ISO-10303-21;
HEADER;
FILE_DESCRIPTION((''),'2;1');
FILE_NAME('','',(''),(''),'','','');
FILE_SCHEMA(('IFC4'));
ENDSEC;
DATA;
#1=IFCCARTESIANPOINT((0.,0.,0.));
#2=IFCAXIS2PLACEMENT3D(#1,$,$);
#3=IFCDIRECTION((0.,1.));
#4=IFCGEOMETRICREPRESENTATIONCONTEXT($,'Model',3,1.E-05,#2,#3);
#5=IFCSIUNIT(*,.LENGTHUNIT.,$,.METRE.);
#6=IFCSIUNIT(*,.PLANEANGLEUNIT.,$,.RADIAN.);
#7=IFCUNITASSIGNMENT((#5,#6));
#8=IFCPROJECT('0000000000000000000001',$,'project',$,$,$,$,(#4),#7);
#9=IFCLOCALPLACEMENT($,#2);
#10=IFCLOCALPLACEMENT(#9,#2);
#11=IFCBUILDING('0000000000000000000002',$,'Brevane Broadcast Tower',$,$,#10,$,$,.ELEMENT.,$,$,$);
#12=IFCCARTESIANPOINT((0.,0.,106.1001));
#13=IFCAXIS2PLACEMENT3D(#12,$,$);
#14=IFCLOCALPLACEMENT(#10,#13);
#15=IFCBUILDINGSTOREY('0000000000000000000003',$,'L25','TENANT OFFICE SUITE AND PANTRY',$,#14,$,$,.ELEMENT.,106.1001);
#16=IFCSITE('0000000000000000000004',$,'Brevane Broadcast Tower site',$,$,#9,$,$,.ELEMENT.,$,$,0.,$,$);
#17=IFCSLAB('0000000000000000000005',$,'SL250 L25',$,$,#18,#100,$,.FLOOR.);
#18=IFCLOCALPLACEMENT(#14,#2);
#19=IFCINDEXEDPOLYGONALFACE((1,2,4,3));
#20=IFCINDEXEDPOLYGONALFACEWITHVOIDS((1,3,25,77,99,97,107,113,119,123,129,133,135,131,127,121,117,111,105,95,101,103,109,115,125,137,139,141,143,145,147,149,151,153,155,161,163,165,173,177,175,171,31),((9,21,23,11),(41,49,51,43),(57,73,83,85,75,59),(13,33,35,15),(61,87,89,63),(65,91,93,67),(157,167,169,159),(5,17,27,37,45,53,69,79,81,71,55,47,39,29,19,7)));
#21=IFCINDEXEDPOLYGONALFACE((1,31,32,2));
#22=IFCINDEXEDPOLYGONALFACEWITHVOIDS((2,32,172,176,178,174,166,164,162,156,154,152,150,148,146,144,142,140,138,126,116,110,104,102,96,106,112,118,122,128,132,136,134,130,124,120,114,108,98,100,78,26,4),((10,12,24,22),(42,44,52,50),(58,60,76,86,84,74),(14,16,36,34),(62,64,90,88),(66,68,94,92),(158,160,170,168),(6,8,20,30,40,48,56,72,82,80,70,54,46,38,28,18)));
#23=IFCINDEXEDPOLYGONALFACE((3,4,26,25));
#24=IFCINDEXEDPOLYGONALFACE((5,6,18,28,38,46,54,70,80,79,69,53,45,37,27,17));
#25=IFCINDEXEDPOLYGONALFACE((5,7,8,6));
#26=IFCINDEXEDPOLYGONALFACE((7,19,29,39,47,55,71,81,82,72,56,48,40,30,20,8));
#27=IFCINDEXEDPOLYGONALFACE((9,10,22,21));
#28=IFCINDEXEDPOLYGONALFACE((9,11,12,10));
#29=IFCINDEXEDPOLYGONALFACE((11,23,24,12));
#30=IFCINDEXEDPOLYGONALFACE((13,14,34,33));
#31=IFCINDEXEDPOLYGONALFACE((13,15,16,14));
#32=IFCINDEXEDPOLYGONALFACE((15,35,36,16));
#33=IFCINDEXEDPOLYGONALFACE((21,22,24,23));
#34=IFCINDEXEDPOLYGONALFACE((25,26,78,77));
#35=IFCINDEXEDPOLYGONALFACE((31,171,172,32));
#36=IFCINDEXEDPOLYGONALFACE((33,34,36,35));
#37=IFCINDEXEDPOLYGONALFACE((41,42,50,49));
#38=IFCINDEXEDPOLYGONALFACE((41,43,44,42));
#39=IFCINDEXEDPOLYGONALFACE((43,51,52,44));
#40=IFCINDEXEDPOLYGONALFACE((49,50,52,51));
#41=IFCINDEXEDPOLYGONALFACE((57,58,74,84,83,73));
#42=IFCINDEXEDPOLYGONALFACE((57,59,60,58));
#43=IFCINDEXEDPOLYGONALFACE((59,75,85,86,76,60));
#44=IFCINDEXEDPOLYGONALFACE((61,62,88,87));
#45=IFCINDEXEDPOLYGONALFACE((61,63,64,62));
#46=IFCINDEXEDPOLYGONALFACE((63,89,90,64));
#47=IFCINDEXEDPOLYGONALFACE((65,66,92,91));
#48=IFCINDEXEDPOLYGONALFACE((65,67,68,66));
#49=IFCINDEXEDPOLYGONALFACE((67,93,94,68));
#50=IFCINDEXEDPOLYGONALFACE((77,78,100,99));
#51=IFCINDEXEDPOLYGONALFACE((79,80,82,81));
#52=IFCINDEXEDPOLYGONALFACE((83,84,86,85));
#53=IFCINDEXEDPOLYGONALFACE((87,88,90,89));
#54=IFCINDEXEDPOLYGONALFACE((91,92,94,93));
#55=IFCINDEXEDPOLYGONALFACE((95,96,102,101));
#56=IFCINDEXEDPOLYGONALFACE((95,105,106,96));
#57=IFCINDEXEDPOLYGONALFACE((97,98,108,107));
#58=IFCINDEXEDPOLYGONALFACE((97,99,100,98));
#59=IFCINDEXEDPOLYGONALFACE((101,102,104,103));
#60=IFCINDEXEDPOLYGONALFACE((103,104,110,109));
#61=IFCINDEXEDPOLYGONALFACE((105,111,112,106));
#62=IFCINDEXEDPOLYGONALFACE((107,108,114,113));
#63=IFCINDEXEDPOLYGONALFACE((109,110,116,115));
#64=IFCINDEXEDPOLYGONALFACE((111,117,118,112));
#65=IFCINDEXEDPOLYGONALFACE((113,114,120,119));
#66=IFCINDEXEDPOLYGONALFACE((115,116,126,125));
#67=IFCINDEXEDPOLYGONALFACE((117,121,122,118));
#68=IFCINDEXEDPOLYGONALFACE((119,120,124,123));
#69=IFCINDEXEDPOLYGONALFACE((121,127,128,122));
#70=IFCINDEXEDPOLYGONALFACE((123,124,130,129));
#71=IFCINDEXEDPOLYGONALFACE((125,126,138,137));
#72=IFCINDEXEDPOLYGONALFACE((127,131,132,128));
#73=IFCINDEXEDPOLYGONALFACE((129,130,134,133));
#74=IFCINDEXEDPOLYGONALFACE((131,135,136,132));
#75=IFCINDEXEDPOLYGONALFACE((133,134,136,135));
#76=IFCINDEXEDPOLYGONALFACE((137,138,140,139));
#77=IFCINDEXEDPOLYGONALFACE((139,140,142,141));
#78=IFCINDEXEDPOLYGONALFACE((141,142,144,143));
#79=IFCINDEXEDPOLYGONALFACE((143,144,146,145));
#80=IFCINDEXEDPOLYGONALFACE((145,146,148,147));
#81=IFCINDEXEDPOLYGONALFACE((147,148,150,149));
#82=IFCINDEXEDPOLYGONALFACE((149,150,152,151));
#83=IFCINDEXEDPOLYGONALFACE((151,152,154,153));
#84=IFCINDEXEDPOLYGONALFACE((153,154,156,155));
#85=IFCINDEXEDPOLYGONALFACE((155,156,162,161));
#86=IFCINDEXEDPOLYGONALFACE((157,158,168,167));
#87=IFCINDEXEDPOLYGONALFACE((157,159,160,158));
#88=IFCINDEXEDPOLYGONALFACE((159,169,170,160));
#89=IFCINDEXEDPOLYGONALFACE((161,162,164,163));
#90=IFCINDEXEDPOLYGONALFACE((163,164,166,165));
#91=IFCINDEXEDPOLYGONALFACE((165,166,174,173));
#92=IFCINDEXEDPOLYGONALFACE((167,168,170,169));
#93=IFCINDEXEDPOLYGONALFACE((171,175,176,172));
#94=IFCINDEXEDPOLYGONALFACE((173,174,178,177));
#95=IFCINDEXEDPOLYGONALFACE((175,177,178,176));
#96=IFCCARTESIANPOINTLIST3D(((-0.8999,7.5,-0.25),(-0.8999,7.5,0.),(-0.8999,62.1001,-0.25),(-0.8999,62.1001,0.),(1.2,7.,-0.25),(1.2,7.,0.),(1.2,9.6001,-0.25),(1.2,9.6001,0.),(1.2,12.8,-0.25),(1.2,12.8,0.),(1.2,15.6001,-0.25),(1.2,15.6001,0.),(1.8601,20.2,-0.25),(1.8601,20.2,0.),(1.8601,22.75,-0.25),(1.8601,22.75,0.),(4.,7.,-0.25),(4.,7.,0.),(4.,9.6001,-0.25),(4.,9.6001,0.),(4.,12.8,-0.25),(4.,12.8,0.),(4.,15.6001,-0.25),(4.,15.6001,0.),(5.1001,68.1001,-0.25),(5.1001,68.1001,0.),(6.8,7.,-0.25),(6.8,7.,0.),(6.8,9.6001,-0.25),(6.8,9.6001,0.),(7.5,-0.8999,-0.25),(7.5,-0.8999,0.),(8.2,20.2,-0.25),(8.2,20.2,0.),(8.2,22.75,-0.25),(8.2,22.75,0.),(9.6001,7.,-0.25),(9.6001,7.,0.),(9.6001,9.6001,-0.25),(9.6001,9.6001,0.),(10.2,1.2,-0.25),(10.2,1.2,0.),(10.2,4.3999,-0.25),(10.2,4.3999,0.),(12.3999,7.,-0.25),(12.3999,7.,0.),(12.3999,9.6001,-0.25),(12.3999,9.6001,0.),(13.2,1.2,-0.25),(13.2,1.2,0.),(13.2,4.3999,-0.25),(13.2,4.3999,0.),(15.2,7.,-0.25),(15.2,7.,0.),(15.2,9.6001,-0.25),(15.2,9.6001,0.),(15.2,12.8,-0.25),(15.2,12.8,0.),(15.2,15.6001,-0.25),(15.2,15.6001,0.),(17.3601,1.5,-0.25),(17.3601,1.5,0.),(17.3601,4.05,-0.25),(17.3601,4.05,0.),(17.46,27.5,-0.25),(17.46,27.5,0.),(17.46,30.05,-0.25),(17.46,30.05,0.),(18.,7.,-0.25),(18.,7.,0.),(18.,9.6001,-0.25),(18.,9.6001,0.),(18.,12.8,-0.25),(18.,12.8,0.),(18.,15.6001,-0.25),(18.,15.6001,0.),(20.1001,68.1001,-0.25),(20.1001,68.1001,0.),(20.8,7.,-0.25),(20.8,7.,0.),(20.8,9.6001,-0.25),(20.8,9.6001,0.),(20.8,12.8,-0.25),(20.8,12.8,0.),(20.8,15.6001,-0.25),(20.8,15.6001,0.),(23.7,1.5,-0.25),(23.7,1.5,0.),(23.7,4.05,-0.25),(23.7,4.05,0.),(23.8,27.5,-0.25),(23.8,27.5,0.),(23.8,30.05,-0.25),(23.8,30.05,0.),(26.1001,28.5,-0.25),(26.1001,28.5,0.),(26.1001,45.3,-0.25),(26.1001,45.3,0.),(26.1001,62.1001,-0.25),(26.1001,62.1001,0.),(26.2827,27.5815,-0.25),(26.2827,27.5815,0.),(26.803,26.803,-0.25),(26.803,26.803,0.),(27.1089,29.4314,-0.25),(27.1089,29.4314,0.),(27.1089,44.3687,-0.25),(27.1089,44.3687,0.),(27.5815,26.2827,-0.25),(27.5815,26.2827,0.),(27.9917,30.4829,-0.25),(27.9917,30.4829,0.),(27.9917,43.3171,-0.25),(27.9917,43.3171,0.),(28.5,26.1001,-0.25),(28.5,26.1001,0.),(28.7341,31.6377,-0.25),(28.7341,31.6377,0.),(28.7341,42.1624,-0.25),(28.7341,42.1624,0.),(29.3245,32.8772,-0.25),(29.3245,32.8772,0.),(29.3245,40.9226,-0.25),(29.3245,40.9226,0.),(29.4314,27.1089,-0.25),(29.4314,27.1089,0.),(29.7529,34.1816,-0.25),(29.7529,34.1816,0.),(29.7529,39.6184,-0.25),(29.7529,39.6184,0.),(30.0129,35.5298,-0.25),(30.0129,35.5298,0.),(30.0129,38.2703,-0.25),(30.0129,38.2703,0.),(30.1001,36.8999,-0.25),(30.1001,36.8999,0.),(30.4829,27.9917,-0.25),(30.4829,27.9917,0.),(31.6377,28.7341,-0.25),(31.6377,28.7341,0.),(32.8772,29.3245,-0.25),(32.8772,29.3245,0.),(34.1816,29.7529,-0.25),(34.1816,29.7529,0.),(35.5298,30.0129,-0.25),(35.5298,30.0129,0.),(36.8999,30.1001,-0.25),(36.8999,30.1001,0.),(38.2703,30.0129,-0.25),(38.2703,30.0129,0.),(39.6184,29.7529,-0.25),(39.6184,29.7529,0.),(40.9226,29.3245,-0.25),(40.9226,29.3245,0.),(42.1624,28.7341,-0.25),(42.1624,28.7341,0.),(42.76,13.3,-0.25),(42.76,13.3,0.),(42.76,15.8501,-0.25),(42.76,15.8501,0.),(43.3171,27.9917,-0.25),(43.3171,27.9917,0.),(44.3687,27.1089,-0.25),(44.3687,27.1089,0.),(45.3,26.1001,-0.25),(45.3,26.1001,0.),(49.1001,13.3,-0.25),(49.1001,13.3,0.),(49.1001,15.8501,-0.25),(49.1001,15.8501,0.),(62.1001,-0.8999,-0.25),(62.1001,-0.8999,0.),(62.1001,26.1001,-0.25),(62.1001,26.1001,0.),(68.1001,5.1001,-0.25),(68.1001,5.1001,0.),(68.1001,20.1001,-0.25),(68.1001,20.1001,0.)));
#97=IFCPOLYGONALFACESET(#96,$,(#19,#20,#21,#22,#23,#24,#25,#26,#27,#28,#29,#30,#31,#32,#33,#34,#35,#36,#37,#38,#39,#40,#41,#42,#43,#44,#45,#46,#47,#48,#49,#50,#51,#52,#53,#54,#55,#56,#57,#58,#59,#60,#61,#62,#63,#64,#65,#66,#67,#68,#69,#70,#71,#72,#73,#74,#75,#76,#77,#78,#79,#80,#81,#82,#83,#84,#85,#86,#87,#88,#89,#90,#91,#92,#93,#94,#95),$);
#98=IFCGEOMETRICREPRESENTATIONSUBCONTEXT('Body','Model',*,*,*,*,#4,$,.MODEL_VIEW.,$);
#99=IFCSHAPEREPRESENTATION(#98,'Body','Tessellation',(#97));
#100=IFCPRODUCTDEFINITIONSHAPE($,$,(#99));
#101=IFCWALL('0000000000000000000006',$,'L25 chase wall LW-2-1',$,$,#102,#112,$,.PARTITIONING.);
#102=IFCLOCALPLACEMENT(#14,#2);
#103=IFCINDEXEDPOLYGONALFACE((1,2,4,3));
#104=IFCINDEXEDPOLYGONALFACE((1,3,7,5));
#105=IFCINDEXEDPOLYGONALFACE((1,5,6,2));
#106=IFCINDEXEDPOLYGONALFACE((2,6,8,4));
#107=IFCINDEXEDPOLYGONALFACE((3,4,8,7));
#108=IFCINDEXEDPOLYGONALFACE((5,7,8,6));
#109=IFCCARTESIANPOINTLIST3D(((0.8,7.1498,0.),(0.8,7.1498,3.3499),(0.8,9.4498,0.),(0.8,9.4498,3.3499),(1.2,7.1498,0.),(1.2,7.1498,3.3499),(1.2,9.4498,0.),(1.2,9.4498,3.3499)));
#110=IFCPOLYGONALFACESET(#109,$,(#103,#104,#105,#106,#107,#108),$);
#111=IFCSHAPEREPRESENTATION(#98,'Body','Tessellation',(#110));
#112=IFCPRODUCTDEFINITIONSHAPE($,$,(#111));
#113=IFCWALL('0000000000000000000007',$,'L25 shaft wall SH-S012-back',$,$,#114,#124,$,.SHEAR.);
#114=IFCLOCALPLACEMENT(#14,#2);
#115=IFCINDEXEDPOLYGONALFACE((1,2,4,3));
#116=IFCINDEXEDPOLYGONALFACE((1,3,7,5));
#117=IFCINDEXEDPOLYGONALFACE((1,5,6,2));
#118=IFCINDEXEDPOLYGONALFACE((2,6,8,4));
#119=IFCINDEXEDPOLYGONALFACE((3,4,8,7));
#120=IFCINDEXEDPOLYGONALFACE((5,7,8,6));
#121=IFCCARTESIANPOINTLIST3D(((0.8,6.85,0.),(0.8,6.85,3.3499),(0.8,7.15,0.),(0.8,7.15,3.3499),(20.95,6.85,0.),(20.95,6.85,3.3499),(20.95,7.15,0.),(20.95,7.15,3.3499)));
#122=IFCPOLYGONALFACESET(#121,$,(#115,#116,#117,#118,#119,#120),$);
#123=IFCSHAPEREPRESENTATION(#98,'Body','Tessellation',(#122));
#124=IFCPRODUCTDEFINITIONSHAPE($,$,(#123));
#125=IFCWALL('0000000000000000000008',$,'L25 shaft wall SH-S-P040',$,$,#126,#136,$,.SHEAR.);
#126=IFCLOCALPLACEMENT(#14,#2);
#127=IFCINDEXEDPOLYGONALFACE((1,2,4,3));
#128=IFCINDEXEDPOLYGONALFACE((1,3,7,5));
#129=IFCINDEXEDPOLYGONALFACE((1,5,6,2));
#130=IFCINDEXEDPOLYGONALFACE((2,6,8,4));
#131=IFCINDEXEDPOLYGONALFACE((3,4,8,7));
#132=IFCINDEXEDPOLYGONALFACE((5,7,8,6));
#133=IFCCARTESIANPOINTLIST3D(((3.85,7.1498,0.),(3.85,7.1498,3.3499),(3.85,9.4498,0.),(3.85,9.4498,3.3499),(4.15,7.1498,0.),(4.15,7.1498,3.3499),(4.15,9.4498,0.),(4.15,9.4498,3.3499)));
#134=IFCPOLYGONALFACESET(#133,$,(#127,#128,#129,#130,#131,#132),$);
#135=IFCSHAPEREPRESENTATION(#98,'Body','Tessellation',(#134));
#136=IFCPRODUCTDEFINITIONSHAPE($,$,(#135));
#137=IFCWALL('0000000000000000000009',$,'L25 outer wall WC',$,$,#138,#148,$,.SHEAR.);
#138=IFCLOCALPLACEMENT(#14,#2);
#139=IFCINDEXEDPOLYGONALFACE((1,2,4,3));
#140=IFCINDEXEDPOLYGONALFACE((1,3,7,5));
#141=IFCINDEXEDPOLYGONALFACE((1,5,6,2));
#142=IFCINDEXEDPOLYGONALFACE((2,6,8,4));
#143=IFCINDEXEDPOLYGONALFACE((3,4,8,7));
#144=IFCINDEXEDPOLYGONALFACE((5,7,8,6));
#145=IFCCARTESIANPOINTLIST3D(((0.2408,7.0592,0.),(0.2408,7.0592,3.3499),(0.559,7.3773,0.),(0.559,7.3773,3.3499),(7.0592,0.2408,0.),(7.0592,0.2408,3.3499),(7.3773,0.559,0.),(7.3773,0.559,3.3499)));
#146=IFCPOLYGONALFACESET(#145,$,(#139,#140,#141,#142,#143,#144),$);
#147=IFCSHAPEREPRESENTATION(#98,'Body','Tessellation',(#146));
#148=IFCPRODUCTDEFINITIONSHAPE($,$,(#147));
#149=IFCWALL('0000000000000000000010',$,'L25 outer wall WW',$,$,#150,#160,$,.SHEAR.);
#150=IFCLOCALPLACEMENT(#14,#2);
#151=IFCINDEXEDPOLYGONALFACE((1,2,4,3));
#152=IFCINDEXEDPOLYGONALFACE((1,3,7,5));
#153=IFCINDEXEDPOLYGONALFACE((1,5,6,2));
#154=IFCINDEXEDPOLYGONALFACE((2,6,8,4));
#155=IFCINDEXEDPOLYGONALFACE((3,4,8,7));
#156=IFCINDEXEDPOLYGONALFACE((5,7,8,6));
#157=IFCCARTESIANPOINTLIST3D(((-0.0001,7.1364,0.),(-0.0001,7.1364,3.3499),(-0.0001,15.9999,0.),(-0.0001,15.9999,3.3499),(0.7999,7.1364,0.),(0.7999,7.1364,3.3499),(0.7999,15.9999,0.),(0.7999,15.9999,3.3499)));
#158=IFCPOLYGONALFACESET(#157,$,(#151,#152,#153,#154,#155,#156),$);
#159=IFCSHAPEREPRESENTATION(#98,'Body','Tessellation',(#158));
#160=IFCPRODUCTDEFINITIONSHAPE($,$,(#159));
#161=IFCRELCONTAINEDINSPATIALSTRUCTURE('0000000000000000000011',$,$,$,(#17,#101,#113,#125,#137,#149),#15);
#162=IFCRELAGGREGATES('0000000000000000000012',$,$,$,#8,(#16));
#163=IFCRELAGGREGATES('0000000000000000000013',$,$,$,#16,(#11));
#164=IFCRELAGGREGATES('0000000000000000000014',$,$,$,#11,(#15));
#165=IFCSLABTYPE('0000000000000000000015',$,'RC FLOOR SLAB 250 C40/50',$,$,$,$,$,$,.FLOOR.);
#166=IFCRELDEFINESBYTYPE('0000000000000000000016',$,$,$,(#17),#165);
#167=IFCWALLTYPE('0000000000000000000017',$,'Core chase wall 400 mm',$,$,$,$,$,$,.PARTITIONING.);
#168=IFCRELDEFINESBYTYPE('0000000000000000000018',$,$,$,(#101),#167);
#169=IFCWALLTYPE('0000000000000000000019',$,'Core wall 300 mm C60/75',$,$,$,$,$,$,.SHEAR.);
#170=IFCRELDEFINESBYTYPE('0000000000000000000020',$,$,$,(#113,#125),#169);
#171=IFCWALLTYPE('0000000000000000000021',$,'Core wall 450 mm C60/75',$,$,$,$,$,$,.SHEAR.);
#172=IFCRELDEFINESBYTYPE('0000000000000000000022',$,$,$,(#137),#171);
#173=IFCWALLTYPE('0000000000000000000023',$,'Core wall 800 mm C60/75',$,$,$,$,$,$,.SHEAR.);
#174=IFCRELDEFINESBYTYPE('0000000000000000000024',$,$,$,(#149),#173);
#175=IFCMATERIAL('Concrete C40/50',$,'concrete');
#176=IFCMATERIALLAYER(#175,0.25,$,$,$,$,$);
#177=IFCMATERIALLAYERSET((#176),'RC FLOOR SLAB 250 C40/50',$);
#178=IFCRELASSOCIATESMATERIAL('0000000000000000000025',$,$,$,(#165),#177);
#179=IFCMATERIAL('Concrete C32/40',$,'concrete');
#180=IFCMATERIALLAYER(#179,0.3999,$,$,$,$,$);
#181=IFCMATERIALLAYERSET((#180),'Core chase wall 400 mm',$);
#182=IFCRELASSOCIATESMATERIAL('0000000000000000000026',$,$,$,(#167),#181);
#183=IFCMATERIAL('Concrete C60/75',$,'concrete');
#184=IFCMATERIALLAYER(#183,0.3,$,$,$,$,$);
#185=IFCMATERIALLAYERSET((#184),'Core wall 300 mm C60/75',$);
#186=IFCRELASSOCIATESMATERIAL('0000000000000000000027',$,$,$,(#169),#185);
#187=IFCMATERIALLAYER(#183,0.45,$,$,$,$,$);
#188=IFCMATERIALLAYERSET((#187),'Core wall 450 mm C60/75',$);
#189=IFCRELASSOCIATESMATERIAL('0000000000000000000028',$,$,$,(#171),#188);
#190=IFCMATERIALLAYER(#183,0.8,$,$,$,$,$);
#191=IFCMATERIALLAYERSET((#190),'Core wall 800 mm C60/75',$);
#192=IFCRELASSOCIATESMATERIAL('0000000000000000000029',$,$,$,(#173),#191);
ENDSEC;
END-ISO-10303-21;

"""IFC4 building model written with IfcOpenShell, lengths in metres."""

from ifc_helpers import new_model, si_unit, direction, frame, frame_2d, origin, place, context, subcontext, project, spatial, polyline, rectangle, outline, extrude, material, layer, layer_set, type_object, element, save


model = new_model("IFC4")

# Units and contexts
model_context = context("Model", 3, precision=1e-05, world=origin(), true_north=direction((0.0, 1.0)))
body_context = subcontext(model_context, "Body", "Model", "MODEL_VIEW")
ifc_project = project(units=[si_unit("LENGTHUNIT", "METRE"), si_unit("PLANEANGLEUNIT", "RADIAN")], contexts=[model_context])

# Site, building, storey
site_placement = place(None, origin())
site = spatial("IfcSite", under=ifc_project, at=site_placement, Name="Brevane Broadcast Tower site", CompositionType="ELEMENT", RefElevation=0.0)
building_placement = place(site_placement, origin())
building = spatial("IfcBuilding", under=site, at=building_placement, Name="Brevane Broadcast Tower", CompositionType="ELEMENT")
storey_placement = place(building_placement, frame((0.0, 0.0, 106.1001)))
storey = spatial("IfcBuildingStorey", under=building, at=storey_placement, Name="L25", Description="TENANT OFFICE SUITE AND PANTRY", CompositionType="ELEMENT", Elevation=106.1001)

# Slab
ifc_material_1 = material(Name="Concrete C40/50", Category="concrete")
ifc_layer_1 = layer(ifc_material_1, 0.25)
ifc_layer_set_1 = layer_set([ifc_layer_1], Name="RC FLOOR SLAB 250 C40/50")
slab_type_1 = type_object("IfcSlabType", Name="RC FLOOR SLAB 250 C40/50", PredefinedType="FLOOR", material=ifc_layer_set_1)
slab_1_placement = place(storey_placement, frame((0.0, 0.0, -0.25)))
element("IfcSlab", 1, at=slab_1_placement, inside=storey, type_object=slab_type_1, Name="SL250 L25", PredefinedType="FLOOR", context=body_context, shape_type="SweptSolid", body=[
    extrude(outline(polyline([(-0.8999, 7.5), (-0.8999, 62.1001), (5.1001, 68.1001), (20.1001, 68.1001), (26.1001, 62.1001), (26.1001, 45.3), (27.1089, 44.3687), (27.9917, 43.3171), (28.7341, 42.1624), (29.3245, 40.9226), (29.7529, 39.6184), (30.0129, 38.2703), (30.1001, 36.8999), (30.0129, 35.5298), (29.7529, 34.1816), (29.3245, 32.8772), (28.7341, 31.6377), (27.9917, 30.4829), (27.1089, 29.4314), (26.1001, 28.5), (26.2827, 27.5815), (26.803, 26.803), (27.5815, 26.2827), (28.5, 26.1001), (29.4314, 27.1089), (30.4829, 27.9917), (31.6377, 28.7341), (32.8772, 29.3245), (34.1816, 29.7529), (35.5298, 30.0129), (36.8999, 30.1001), (38.2703, 30.0129), (39.6184, 29.7529), (40.9226, 29.3245), (42.1624, 28.7341), (43.3171, 27.9917), (44.3687, 27.1089), (45.3, 26.1001), (62.1001, 26.1001), (68.1001, 20.1001), (68.1001, 5.1001), (62.1001, -0.8999), (7.5, -0.8999), (-0.8999, 7.5)]), holes=[polyline([(13.2, 4.3999), (10.2, 4.3999), (10.2, 1.2), (13.2, 1.2), (13.2, 4.3999)]), polyline([(4.0, 9.6001), (1.2, 9.6001), (1.2, 7.0), (4.0, 7.0), (6.8, 7.0), (9.6001, 7.0), (12.3999, 7.0), (15.2, 7.0), (18.0, 7.0), (20.8, 7.0), (20.8, 9.6001), (18.0, 9.6001), (15.2, 9.6001), (12.3999, 9.6001), (9.6001, 9.6001), (6.8, 9.6001), (4.0, 9.6001)]), polyline([(4.0, 12.8), (4.0, 15.6001), (1.2, 15.6001), (1.2, 12.8), (4.0, 12.8)]), polyline([(8.2, 22.75), (1.8601, 22.75), (1.8601, 20.2), (8.2, 20.2), (8.2, 22.75)]), polyline([(23.7, 4.05), (17.3601, 4.05), (17.3601, 1.5), (23.7, 1.5), (23.7, 4.05)]), polyline([(18.0, 15.6001), (15.2, 15.6001), (15.2, 12.8), (18.0, 12.8), (20.8, 12.8), (20.8, 15.6001), (18.0, 15.6001)]), polyline([(49.1001, 15.8501), (42.76, 15.8501), (42.76, 13.3), (49.1001, 13.3), (49.1001, 15.8501)]), polyline([(23.8, 30.05), (17.46, 30.05), (17.46, 27.5), (23.8, 27.5), (23.8, 30.05)])]), origin(), (0.0, 0.0, 1.0), 0.25),
])

# Walls
ifc_material_2 = material(Name="Concrete C32/40", Category="concrete")
ifc_layer_2 = layer(ifc_material_2, 0.3999)
ifc_layer_set_2 = layer_set([ifc_layer_2], Name="Core chase wall 400 mm")
wall_type_1 = type_object("IfcWallType", Name="Core chase wall 400 mm", PredefinedType="PARTITIONING", material=ifc_layer_set_2)
wall_1_placement = place(storey_placement, frame((1.0, 7.1499, 0.0), z_axis=(0.0, 0.0, 1.0), x_axis=(0.0, 1.0, 0.0)))
element("IfcWall", 2, at=wall_1_placement, inside=storey, type_object=wall_type_1, Name="L25 chase wall LW-2-1", PredefinedType="PARTITIONING", context=body_context, shape_type="SweptSolid", body=[
    extrude(rectangle(XDim=2.3, YDim=0.3999, at=frame_2d((1.1499, 0.0))), origin(), (0.0, 0.0, 1.0), 3.3499),
])
ifc_material_3 = material(Name="Concrete C60/75", Category="concrete")
ifc_layer_3 = layer(ifc_material_3, 0.3)
ifc_layer_set_3 = layer_set([ifc_layer_3], Name="Core wall 300 mm C60/75")
wall_type_2 = type_object("IfcWallType", Name="Core wall 300 mm C60/75", PredefinedType="SHEAR", material=ifc_layer_set_3)
wall_2_placement = place(storey_placement, frame((0.8, 7.0, 0.0), z_axis=(0.0, 0.0, 1.0), x_axis=(1.0, 0.0, 0.0)))
element("IfcWall", 3, at=wall_2_placement, inside=storey, type_object=wall_type_2, Name="L25 shaft wall SH-S012-back", PredefinedType="SHEAR", context=body_context, shape_type="SweptSolid", body=[
    extrude(rectangle(XDim=20.1499, YDim=0.3, at=frame_2d((10.075, 0.0))), origin(), (0.0, 0.0, 1.0), 3.3499),
])
wall_3_placement = place(storey_placement, frame((4.0, 7.1499, 0.0), z_axis=(0.0, 0.0, 1.0), x_axis=(0.0, 1.0, 0.0)))
element("IfcWall", 4, at=wall_3_placement, inside=storey, type_object=wall_type_2, Name="L25 shaft wall SH-S-P040", PredefinedType="SHEAR", context=body_context, shape_type="SweptSolid", body=[
    extrude(rectangle(XDim=2.3, YDim=0.3, at=frame_2d((1.1499, 0.0))), origin(), (0.0, 0.0, 1.0), 3.3499),
])
ifc_layer_4 = layer(ifc_material_3, 0.45)
ifc_layer_set_4 = layer_set([ifc_layer_4], Name="Core wall 450 mm C60/75")
wall_type_3 = type_object("IfcWallType", Name="Core wall 450 mm C60/75", PredefinedType="SHEAR", material=ifc_layer_set_4)
wall_4_placement = place(storey_placement, frame((0.3999, 7.2183, 0.0), z_axis=(0.0, 0.0, 1.0), x_axis=(0.707107, -0.707107, 0.0)))
element("IfcWall", 5, at=wall_4_placement, inside=storey, type_object=wall_type_3, Name="L25 outer wall WC", PredefinedType="SHEAR", context=body_context, shape_type="SweptSolid", body=[
    extrude(rectangle(XDim=9.6426, YDim=0.45, at=frame_2d((4.8213, 0.0))), origin(), (0.0, 0.0, 1.0), 3.3499),
])
ifc_layer_5 = layer(ifc_material_3, 0.8)
ifc_layer_set_5 = layer_set([ifc_layer_5], Name="Core wall 800 mm C60/75")
wall_type_4 = type_object("IfcWallType", Name="Core wall 800 mm C60/75", PredefinedType="SHEAR", material=ifc_layer_set_5)
wall_5_placement = place(storey_placement, frame((0.3999, 7.1365, 0.0), z_axis=(0.0, 0.0, 1.0), x_axis=(0.0, 1.0, 0.0)))
element("IfcWall", 6, at=wall_5_placement, inside=storey, type_object=wall_type_4, Name="L25 outer wall WW", PredefinedType="SHEAR", context=body_context, shape_type="SweptSolid", body=[
    extrude(rectangle(XDim=8.8635, YDim=0.8, at=frame_2d((4.4316, 0.0))), origin(), (0.0, 0.0, 1.0), 3.3499),
])

save(model, "model.ifc")
